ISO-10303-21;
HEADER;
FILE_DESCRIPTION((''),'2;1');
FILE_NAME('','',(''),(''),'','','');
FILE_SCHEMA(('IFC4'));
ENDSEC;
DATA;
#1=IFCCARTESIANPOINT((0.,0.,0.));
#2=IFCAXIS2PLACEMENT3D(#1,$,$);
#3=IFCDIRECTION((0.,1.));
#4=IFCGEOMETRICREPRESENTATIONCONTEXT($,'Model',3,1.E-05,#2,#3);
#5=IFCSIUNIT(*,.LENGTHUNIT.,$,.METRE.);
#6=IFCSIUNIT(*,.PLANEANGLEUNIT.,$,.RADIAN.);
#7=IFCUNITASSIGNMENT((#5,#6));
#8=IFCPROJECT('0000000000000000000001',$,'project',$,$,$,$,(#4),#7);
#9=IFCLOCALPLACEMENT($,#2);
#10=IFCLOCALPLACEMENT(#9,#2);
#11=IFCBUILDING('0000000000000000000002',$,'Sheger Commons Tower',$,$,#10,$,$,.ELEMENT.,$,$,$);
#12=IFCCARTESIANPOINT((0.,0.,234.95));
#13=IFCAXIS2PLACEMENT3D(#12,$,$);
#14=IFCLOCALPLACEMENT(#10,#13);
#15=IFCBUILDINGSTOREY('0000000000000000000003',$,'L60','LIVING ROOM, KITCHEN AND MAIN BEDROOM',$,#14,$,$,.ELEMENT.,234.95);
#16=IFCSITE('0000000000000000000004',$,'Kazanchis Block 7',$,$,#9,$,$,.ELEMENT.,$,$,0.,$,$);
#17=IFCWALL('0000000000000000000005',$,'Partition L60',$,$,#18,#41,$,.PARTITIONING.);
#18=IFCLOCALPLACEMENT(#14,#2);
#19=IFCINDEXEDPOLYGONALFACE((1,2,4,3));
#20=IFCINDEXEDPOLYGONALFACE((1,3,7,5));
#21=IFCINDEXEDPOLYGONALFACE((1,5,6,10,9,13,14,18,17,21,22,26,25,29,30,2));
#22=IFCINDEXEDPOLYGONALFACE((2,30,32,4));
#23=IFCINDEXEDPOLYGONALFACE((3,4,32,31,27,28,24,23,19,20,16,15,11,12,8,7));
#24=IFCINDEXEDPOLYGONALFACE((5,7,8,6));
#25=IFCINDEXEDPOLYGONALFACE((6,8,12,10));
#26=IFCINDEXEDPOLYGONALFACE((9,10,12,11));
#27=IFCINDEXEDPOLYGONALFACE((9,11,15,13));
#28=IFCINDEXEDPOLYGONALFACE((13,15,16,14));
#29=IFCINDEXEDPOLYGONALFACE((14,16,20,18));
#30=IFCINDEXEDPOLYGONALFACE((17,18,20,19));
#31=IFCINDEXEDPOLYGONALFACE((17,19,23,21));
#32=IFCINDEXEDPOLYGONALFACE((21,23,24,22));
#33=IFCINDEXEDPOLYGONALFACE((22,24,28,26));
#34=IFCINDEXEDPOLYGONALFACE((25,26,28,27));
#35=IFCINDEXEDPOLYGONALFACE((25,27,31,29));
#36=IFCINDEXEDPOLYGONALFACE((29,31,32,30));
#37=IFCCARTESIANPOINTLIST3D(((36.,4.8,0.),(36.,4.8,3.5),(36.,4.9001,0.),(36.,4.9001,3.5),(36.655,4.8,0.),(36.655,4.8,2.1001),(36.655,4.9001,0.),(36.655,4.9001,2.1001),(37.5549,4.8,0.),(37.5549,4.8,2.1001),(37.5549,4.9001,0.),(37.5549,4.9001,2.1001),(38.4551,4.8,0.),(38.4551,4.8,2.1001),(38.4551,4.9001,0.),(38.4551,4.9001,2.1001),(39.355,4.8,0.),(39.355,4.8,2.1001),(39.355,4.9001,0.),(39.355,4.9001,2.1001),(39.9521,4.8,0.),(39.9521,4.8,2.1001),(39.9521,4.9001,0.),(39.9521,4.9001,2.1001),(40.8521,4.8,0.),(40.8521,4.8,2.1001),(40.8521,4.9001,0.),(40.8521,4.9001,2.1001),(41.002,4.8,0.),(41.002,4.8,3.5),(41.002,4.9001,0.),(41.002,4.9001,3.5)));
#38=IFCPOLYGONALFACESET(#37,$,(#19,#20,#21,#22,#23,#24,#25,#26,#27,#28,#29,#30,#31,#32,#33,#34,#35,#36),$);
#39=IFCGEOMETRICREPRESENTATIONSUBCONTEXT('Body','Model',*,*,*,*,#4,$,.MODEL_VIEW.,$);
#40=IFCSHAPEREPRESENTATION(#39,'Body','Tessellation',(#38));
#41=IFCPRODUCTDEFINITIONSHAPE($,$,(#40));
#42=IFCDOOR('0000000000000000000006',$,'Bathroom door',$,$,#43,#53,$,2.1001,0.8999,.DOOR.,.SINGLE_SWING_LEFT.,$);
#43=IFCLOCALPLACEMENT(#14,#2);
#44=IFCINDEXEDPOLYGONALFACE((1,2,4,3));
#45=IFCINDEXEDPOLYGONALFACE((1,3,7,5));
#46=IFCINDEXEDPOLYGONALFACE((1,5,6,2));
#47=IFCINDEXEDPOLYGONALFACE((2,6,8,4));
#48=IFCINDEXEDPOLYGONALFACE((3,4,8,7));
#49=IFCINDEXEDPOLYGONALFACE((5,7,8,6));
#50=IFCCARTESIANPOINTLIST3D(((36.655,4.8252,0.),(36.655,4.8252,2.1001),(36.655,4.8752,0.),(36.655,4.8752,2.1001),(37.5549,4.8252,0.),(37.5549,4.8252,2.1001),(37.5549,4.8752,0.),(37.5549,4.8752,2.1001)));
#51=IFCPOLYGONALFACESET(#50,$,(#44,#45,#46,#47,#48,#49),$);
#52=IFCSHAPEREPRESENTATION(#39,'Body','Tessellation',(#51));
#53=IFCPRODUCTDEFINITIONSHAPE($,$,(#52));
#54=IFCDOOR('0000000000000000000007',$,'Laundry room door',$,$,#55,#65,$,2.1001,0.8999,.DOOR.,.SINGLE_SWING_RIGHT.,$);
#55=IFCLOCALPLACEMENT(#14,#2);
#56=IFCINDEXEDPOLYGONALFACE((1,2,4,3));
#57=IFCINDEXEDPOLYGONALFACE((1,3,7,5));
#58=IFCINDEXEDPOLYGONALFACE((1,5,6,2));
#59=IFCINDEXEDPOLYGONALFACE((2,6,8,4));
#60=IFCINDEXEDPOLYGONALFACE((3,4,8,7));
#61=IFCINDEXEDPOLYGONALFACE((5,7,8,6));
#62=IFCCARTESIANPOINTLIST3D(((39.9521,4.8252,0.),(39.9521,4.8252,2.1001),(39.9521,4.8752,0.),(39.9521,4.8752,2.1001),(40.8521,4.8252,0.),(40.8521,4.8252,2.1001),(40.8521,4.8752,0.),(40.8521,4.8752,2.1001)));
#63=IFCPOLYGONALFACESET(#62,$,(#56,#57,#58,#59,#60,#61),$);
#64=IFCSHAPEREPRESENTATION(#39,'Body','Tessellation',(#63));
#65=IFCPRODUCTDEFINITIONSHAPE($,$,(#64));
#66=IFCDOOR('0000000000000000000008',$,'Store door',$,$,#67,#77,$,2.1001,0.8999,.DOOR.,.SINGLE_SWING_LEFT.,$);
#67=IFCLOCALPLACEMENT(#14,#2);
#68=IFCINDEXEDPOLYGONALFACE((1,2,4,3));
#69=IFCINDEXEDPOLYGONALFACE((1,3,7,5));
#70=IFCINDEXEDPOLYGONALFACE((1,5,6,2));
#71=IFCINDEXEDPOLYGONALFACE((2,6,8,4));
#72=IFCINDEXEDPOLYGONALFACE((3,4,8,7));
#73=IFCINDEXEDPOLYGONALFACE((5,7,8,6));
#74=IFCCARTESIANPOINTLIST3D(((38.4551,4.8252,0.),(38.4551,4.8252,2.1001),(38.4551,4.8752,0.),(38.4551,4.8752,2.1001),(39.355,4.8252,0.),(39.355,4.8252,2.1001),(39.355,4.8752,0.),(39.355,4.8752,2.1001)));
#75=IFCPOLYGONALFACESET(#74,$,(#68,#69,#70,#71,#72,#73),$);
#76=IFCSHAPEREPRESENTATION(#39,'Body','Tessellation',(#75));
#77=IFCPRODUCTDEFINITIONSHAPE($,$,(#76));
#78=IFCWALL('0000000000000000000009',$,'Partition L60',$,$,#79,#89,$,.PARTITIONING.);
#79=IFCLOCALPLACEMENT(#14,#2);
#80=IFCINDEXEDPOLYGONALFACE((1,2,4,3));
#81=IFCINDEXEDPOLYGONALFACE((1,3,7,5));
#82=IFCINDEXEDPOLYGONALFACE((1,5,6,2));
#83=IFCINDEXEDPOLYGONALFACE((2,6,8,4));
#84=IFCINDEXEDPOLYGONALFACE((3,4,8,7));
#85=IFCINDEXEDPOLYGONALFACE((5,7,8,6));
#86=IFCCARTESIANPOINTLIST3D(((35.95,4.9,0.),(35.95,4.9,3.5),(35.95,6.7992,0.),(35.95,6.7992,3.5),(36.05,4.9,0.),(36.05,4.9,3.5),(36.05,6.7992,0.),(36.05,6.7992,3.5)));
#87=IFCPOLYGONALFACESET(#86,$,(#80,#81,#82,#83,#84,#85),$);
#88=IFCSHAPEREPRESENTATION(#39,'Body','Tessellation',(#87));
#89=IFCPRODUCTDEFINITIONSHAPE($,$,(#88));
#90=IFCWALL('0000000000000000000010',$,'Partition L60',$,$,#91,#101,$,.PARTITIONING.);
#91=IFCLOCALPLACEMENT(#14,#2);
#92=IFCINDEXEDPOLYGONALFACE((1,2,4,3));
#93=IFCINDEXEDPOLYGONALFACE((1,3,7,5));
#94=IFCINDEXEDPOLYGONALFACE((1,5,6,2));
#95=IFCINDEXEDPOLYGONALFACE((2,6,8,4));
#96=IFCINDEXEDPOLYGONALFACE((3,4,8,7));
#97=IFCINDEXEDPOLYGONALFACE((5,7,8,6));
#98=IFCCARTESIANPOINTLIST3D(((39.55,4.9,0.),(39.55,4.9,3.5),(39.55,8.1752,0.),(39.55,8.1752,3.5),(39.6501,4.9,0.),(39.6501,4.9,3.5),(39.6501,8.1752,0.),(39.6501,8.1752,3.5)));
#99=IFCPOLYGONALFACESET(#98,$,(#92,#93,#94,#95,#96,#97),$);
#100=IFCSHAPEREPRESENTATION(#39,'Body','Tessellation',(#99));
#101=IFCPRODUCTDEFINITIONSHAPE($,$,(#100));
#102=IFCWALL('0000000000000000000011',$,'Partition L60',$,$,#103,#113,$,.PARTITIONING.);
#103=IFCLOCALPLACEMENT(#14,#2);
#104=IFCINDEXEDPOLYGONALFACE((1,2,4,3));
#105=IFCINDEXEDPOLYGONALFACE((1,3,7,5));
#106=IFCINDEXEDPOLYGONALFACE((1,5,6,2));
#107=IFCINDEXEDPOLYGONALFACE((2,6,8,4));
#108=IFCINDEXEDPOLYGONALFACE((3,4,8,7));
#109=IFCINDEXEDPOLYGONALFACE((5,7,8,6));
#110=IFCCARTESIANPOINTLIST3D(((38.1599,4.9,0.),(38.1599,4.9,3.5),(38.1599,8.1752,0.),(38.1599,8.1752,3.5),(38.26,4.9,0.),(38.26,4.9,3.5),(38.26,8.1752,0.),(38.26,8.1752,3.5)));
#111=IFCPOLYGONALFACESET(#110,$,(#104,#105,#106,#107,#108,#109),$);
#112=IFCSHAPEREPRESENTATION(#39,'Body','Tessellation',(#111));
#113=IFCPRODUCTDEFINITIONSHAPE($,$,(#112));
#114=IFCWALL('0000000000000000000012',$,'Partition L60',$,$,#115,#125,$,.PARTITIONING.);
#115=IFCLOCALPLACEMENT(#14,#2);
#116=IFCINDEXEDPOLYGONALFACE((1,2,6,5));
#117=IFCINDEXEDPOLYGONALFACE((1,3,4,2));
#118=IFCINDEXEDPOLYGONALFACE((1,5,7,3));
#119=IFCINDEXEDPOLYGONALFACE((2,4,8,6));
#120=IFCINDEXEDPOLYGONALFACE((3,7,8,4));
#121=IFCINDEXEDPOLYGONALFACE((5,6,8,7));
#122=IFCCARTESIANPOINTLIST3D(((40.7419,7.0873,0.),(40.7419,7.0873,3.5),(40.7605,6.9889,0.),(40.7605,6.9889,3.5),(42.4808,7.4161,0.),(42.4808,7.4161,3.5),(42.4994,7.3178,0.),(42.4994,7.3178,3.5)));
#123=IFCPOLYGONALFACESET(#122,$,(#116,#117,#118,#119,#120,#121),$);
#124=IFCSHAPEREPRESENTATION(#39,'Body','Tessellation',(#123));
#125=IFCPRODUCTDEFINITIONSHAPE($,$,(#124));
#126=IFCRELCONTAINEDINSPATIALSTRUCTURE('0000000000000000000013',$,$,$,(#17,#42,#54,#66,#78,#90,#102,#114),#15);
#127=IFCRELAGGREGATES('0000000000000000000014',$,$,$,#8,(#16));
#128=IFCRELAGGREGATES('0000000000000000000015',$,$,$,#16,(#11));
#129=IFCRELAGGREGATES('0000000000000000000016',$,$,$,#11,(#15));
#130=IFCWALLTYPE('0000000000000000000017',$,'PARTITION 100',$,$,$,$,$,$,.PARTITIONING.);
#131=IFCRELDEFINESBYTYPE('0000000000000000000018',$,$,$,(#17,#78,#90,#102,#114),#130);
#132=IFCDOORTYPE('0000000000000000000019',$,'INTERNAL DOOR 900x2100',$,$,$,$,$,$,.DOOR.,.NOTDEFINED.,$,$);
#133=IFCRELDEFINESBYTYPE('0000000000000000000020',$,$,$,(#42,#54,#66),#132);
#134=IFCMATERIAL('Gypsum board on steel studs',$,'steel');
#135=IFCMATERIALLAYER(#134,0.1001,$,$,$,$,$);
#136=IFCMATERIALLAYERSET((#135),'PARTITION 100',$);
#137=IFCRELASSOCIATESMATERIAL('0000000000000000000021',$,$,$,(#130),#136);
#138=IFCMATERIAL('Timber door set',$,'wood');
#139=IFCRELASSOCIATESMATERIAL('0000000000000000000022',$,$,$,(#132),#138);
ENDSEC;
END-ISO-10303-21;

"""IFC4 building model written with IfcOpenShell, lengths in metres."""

from ifc_helpers import new_model, si_unit, direction, frame, frame_2d, origin, place, context, subcontext, project, spatial, rectangle, extrude, material, layer, layer_set, type_object, element, fill, save


model = new_model("IFC4")

# Units and contexts
model_context = context("Model", 3, precision=1e-05, world=origin(), true_north=direction((0.0, 1.0)))
body_context = subcontext(model_context, "Body", "Model", "MODEL_VIEW")
ifc_project = project(units=[si_unit("LENGTHUNIT", "METRE"), si_unit("PLANEANGLEUNIT", "RADIAN")], contexts=[model_context])

# Site, building, storey
site_placement = place(None, origin())
site = spatial("IfcSite", under=ifc_project, at=site_placement, Name="Kazanchis Block 7", CompositionType="ELEMENT", RefElevation=0.0)
building_placement = place(site_placement, origin())
building = spatial("IfcBuilding", under=site, at=building_placement, Name="Sheger Commons Tower", CompositionType="ELEMENT")
storey_placement = place(building_placement, frame((0.0, 0.0, 234.95)))
storey = spatial("IfcBuildingStorey", under=building, at=storey_placement, Name="L60", Description="LIVING ROOM, KITCHEN AND MAIN BEDROOM", CompositionType="ELEMENT", Elevation=234.95)

# Shared definitions
ifc_material_1 = material(Name="Gypsum board on steel studs", Category="steel")
ifc_layer = layer(ifc_material_1, 0.1001)
ifc_layer_set = layer_set([ifc_layer], Name="PARTITION 100")
wall_type = type_object("IfcWallType", Name="PARTITION 100", PredefinedType="PARTITIONING", material=ifc_layer_set)
ifc_material_2 = material(Name="Timber door set", Category="wood")
door_type = type_object("IfcDoorType", Name="INTERNAL DOOR 900x2100", OperationType="NOTDEFINED", PredefinedType="DOOR", material=ifc_material_2)

# Wall, openings, doors
wall_1_placement = place(storey_placement, frame((41.002, 4.8501, 0.0), z_axis=(0.0, 0.0, 1.0), x_axis=(-1.0, 0.0, 0.0)))
wall_1 = element("IfcWall", 1, at=wall_1_placement, inside=storey, type_object=wall_type, Name="Partition L60", PredefinedType="PARTITIONING", context=body_context, shape_type="SweptSolid", body=[
    extrude(rectangle(XDim=5.002, YDim=0.1001, at=frame_2d((2.501, 0.0))), origin(), (0.0, 0.0, 1.0), 3.5),
])
opening_1_placement = place(wall_1_placement, frame((3.447, 0.0, 0.0)))
opening_1 = element("IfcOpeningElement", 2, at=opening_1_placement, cuts=wall_1, PredefinedType="OPENING", context=body_context, shape_type="SweptSolid", body=[
    extrude(rectangle(XDim=0.8999, YDim=2.1001, at=frame_2d((0.45, 1.05))), frame((0.0, 0.0601, 0.0), z_axis=(0.0, -1.0, 0.0), x_axis=(1.0, 0.0, 0.0)), (0.0, 0.0, 1.0), 0.1201),
])
opening_2_placement = place(wall_1_placement, frame((0.1499, 0.0, 0.0)))
opening_2 = element("IfcOpeningElement", 3, at=opening_2_placement, cuts=wall_1, PredefinedType="OPENING", context=body_context, shape_type="SweptSolid", body=[
    extrude(rectangle(XDim=0.8999, YDim=2.1001, at=frame_2d((0.45, 1.05))), frame((0.0, 0.0601, 0.0), z_axis=(0.0, -1.0, 0.0), x_axis=(1.0, 0.0, 0.0)), (0.0, 0.0, 1.0), 0.1201),
])
opening_3_placement = place(wall_1_placement, frame((1.647, 0.0, 0.0)))
opening_3 = element("IfcOpeningElement", 4, at=opening_3_placement, cuts=wall_1, PredefinedType="OPENING", context=body_context, shape_type="SweptSolid", body=[
    extrude(rectangle(XDim=0.8999, YDim=2.1001, at=frame_2d((0.45, 1.05))), frame((0.0, 0.0601, 0.0), z_axis=(0.0, -1.0, 0.0), x_axis=(1.0, 0.0, 0.0)), (0.0, 0.0, 1.0), 0.1201),
])
door_1_placement = place(opening_1_placement, origin())
door_1 = element("IfcDoor", 5, at=door_1_placement, inside=storey, type_object=door_type, Name="Bathroom door", OperationType="SINGLE_SWING_LEFT", OverallHeight=2.1001, OverallWidth=0.8999, PredefinedType="DOOR", context=body_context, shape_type="SweptSolid", body=[
    extrude(rectangle(XDim=0.8999, YDim=2.1001, at=frame_2d((0.45, 1.05))), frame((0.0, 0.0249, 0.0), z_axis=(0.0, -1.0, 0.0), x_axis=(1.0, 0.0, 0.0)), (0.0, 0.0, 1.0), 0.05),
])
fill(opening_1, door_1)
door_2_placement = place(opening_2_placement, origin())
door_2 = element("IfcDoor", 6, at=door_2_placement, inside=storey, type_object=door_type, Name="Laundry room door", OperationType="SINGLE_SWING_RIGHT", OverallHeight=2.1001, OverallWidth=0.8999, PredefinedType="DOOR", context=body_context, shape_type="SweptSolid", body=[
    extrude(rectangle(XDim=0.8999, YDim=2.1001, at=frame_2d((0.45, 1.05))), frame((0.0, 0.0249, 0.0), z_axis=(0.0, -1.0, 0.0), x_axis=(1.0, 0.0, 0.0)), (0.0, 0.0, 1.0), 0.05),
])
fill(opening_2, door_2)
door_3_placement = place(opening_3_placement, origin())
door_3 = element("IfcDoor", 7, at=door_3_placement, inside=storey, type_object=door_type, Name="Store door", OperationType="SINGLE_SWING_LEFT", OverallHeight=2.1001, OverallWidth=0.8999, PredefinedType="DOOR", context=body_context, shape_type="SweptSolid", body=[
    extrude(rectangle(XDim=0.8999, YDim=2.1001, at=frame_2d((0.45, 1.05))), frame((0.0, 0.0249, 0.0), z_axis=(0.0, -1.0, 0.0), x_axis=(1.0, 0.0, 0.0)), (0.0, 0.0, 1.0), 0.05),
])
fill(opening_3, door_3)

# Walls
wall_2_placement = place(storey_placement, frame((36.0, 4.8999, 0.0), z_axis=(0.0, 0.0, 1.0), x_axis=(0.0, 1.0, 0.0)))
element("IfcWall", 8, at=wall_2_placement, inside=storey, type_object=wall_type, Name="Partition L60", PredefinedType="PARTITIONING", context=body_context, shape_type="SweptSolid", body=[
    extrude(rectangle(XDim=1.8992, YDim=0.1001, at=frame_2d((0.9497, 0.0))), origin(), (0.0, 0.0, 1.0), 3.5),
])
for number, where, z_axis, x_axis, name in (
    (9, (39.6001, 4.8999, 0.0), (0.0, 0.0, 1.0), (0.0, 1.0, 0.0), "Partition L60"),
    (10, (38.21, 4.8999, 0.0), (0.0, 0.0, 1.0), (0.0, 1.0, 0.0), "Partition L60"),
):
    element("IfcWall", number, at=place(storey_placement, frame(where, z_axis=z_axis, x_axis=x_axis)), inside=storey, type_object=wall_type, Name=name, PredefinedType="PARTITIONING", context=body_context, shape_type="SweptSolid", body=[
        extrude(rectangle(XDim=3.2751, YDim=0.1001, at=frame_2d((1.6377, 0.0))), origin(), (0.0, 0.0, 1.0), 3.5),
    ])
wall_3_placement = place(storey_placement, frame((42.49, 7.3669, 0.0), z_axis=(0.0, 0.0, 1.0), x_axis=(-0.982585, -0.185812, 0.0)))
element("IfcWall", 11, at=wall_3_placement, inside=storey, type_object=wall_type, Name="Partition L60", PredefinedType="PARTITIONING", context=body_context, shape_type="SweptSolid", body=[
    extrude(rectangle(XDim=1.7698, YDim=0.1001, at=frame_2d((0.8848, 0.0))), origin(), (0.0, 0.0, 1.0), 3.5),
])

save(model, "model.ifc")
